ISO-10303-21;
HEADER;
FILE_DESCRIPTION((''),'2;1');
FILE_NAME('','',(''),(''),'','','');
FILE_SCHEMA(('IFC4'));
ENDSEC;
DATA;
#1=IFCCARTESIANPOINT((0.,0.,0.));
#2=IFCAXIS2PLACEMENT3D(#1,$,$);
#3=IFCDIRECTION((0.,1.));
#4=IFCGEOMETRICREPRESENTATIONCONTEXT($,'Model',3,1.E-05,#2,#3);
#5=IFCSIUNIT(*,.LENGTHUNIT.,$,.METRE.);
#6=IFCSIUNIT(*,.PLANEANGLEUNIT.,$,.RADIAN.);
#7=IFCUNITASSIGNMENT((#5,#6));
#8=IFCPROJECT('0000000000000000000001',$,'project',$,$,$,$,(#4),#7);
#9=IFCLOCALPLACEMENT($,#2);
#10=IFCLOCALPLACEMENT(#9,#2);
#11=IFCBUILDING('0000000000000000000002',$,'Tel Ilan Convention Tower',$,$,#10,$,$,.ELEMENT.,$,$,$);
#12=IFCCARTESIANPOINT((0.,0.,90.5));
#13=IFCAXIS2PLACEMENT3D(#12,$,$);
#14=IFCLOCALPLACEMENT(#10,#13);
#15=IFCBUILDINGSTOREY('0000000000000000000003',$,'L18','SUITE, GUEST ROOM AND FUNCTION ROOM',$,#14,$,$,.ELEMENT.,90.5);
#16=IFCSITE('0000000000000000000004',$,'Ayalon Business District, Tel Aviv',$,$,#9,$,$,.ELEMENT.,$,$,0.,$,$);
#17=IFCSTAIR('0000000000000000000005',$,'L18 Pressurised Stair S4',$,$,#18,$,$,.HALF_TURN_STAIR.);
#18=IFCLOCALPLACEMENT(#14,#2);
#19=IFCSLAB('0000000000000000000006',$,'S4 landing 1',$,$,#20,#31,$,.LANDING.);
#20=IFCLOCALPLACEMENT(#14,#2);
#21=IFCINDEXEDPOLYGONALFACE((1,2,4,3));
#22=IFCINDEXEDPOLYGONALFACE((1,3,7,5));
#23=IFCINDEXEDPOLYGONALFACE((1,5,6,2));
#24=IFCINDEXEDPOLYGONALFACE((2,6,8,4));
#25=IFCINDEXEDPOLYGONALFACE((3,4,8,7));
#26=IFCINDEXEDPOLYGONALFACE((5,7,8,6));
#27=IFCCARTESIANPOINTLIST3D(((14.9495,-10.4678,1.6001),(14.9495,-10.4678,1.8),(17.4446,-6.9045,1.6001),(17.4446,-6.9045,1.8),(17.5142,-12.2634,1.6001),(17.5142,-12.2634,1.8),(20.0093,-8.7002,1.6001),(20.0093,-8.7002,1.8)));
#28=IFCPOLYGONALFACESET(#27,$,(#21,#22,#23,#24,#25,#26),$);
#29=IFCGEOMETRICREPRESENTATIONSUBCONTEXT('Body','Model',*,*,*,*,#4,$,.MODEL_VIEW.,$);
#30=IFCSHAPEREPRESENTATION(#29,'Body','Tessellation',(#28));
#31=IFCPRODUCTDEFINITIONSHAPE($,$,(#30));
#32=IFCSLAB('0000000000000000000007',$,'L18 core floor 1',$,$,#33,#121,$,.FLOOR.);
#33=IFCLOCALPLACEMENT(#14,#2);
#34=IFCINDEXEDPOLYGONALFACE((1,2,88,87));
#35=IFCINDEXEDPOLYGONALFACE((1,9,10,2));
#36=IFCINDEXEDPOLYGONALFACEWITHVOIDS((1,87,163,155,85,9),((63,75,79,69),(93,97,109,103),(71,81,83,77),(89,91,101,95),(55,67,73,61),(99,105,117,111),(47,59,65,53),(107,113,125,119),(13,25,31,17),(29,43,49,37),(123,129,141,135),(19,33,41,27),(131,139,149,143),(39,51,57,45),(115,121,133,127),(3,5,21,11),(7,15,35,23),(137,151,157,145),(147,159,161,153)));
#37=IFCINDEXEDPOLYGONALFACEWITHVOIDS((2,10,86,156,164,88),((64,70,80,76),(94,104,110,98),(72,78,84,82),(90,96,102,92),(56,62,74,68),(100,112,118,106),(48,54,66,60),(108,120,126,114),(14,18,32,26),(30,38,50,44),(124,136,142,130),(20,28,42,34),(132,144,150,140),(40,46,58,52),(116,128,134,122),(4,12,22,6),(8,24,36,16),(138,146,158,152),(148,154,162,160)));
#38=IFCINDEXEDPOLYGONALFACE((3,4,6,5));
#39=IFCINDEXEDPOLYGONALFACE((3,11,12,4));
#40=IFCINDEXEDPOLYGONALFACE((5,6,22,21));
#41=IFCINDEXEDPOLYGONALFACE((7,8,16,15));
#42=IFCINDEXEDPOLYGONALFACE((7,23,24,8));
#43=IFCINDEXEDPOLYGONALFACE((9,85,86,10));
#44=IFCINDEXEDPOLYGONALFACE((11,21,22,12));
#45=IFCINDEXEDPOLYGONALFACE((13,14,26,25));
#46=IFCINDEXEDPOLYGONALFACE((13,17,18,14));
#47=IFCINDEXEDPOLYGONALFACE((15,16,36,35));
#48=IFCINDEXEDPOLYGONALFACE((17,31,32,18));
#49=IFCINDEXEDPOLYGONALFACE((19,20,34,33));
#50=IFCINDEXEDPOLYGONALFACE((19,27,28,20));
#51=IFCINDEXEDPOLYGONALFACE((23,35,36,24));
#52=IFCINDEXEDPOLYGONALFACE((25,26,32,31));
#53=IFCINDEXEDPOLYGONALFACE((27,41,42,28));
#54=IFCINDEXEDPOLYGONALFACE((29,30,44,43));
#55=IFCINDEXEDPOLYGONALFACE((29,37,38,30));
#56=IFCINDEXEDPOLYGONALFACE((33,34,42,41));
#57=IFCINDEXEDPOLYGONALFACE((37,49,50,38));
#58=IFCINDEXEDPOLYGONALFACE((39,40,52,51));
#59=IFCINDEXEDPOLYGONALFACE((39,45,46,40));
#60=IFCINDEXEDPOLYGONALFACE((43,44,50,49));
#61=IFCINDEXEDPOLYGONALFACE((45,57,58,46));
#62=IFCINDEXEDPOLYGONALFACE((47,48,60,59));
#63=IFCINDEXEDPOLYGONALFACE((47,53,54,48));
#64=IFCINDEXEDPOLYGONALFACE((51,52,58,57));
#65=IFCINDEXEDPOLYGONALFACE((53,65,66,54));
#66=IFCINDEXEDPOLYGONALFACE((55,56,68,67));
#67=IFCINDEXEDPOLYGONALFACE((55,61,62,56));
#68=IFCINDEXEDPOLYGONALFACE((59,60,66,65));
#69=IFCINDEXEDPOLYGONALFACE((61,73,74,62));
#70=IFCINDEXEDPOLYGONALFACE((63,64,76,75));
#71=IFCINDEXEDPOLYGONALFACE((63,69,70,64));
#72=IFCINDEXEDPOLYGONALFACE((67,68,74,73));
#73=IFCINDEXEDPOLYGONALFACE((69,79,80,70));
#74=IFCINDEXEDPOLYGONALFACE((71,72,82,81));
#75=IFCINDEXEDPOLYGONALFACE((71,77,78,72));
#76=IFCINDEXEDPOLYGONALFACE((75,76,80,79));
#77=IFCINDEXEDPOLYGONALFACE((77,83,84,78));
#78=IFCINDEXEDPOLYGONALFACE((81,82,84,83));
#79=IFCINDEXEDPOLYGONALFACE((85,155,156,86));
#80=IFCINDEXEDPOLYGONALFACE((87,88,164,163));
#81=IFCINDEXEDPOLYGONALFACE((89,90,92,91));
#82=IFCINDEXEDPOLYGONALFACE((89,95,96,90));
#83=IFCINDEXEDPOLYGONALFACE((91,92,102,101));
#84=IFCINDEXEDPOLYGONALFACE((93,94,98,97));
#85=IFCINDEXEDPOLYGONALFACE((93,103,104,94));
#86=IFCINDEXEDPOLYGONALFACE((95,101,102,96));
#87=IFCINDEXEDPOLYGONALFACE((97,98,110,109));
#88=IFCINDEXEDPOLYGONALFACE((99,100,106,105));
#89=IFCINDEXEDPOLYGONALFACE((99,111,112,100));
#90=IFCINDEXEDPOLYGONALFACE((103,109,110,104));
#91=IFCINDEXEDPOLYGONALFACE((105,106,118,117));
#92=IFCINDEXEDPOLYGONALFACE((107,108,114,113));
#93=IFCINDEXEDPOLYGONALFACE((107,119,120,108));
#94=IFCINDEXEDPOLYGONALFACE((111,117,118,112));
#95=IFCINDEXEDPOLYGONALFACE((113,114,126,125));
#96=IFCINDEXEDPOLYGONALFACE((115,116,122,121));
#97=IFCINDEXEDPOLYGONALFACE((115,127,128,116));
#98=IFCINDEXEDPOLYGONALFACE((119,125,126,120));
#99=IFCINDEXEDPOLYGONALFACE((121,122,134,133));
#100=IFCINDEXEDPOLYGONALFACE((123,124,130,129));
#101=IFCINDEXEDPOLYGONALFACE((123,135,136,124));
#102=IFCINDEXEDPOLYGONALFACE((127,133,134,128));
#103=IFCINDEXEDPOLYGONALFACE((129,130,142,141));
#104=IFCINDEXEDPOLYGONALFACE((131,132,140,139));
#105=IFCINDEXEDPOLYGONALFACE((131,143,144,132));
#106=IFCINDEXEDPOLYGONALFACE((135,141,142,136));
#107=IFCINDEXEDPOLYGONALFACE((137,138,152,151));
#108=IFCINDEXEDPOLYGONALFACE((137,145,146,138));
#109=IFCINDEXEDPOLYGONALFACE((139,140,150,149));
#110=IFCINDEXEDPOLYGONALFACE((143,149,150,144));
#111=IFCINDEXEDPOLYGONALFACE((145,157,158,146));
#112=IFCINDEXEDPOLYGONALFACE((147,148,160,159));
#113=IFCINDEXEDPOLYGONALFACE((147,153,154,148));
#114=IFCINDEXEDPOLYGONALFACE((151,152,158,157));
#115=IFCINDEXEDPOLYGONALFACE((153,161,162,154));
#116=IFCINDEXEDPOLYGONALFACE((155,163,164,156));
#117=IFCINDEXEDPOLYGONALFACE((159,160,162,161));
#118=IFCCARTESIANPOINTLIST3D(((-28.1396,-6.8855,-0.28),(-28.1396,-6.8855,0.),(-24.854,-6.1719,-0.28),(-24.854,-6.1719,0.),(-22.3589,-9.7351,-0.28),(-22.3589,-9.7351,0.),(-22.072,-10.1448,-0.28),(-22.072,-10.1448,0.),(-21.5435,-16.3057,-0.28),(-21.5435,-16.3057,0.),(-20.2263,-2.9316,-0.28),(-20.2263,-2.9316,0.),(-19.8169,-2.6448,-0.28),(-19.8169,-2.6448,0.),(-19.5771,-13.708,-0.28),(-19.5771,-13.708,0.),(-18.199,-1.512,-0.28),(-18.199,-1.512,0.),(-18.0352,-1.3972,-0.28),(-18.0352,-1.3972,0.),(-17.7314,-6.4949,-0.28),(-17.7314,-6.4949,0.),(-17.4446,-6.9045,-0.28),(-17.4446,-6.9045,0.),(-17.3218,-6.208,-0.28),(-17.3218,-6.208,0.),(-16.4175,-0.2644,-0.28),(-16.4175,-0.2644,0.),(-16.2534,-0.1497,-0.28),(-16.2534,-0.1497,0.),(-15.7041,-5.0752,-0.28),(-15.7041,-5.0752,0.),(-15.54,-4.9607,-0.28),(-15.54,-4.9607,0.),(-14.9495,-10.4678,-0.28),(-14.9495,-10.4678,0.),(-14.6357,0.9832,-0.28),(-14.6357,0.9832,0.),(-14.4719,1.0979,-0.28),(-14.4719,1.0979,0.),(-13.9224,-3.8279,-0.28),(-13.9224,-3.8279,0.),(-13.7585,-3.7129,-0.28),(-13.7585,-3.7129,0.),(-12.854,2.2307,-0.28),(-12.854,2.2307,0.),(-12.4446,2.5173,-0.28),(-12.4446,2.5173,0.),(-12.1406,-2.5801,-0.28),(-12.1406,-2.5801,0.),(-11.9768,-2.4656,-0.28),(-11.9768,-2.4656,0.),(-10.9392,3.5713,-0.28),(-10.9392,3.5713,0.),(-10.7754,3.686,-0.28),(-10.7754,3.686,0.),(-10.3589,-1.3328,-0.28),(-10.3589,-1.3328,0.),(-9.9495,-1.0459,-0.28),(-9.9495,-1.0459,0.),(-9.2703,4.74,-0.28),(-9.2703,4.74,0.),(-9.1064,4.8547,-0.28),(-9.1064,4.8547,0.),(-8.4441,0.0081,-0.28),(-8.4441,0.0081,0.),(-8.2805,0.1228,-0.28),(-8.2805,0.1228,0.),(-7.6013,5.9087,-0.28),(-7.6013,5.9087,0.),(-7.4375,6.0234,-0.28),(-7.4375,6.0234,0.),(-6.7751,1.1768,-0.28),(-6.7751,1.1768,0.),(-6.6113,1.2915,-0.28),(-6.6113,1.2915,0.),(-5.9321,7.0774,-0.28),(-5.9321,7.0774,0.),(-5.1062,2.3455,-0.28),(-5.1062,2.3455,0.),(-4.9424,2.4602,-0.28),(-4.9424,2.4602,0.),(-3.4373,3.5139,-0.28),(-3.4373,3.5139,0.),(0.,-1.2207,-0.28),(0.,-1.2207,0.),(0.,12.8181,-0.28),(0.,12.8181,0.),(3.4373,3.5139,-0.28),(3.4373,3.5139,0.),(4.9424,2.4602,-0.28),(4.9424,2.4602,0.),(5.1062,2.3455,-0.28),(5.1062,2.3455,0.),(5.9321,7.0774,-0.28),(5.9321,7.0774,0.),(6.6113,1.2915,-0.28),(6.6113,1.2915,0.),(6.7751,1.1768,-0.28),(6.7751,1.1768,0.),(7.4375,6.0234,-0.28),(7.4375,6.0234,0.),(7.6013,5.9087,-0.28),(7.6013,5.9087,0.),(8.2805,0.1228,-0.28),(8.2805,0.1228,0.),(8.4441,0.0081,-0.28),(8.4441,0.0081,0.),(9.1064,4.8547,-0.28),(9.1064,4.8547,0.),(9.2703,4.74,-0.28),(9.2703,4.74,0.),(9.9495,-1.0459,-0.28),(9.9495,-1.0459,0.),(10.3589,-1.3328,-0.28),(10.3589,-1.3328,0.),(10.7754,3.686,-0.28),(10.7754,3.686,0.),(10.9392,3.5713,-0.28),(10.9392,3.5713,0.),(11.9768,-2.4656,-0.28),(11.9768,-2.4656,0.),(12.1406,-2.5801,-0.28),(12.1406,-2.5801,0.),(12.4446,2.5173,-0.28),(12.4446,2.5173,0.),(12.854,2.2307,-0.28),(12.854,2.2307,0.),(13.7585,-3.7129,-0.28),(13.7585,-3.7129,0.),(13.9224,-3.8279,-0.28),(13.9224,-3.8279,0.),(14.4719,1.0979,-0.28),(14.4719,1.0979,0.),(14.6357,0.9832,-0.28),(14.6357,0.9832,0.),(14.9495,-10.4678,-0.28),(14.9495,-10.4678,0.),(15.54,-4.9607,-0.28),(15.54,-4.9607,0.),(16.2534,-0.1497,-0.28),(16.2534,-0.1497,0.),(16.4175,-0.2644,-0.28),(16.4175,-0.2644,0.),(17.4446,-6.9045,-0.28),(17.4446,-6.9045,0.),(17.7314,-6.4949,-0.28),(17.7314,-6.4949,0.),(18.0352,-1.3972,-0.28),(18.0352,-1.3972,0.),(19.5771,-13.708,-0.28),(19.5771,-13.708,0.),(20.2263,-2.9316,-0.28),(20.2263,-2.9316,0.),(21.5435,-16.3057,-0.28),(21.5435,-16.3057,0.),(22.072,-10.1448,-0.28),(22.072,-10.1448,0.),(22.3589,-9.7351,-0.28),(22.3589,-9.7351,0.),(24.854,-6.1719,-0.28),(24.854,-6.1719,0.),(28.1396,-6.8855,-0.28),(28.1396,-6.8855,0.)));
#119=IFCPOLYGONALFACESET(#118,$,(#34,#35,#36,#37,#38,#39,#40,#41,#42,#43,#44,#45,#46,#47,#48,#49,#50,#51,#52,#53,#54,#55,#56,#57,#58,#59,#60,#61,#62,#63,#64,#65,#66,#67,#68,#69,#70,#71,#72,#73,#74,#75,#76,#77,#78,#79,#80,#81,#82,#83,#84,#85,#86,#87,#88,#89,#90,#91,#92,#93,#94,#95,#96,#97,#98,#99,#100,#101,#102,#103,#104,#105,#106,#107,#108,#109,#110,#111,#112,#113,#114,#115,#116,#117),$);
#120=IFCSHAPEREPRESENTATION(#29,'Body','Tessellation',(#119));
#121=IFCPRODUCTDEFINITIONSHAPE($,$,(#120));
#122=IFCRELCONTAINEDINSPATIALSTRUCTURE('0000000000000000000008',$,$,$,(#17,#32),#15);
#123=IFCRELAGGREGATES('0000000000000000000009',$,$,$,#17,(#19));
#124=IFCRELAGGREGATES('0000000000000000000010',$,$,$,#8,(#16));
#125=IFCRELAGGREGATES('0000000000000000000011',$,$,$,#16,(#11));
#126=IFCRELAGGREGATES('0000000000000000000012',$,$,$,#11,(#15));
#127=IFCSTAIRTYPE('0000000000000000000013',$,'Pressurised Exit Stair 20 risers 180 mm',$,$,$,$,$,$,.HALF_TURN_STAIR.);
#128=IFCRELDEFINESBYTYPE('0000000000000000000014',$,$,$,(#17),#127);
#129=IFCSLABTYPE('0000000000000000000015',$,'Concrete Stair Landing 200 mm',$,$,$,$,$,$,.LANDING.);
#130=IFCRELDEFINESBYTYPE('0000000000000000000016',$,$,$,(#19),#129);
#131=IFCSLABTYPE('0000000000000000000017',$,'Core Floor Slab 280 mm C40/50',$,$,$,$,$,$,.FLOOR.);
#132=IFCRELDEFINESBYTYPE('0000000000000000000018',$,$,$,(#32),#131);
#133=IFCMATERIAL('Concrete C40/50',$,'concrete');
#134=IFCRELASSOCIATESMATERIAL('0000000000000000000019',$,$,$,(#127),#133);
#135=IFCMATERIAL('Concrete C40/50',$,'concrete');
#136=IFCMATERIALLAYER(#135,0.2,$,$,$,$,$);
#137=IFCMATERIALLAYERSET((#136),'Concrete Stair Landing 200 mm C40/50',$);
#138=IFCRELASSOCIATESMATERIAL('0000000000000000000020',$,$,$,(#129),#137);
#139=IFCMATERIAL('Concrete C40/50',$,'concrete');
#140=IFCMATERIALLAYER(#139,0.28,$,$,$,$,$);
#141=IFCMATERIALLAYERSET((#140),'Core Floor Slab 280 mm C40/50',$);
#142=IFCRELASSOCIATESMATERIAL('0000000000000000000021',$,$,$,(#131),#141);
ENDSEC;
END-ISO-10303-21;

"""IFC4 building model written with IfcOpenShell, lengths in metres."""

from ifc_helpers import new_model, si_unit, direction, frame, origin, place, context, subcontext, project, spatial, polyline, outline, extrude, material, layer, layer_set, type_object, element, aggregate, save


model = new_model("IFC4")

# Units and contexts
model_context = context("Model", 3, precision=1e-05, world=origin(), true_north=direction((0.0, 1.0)))
body_context = subcontext(model_context, "Body", "Model", "MODEL_VIEW")
ifc_project = project(units=[si_unit("LENGTHUNIT", "METRE"), si_unit("PLANEANGLEUNIT", "RADIAN")], contexts=[model_context])

# Site, building, storey
site_placement = place(None, origin())
site = spatial("IfcSite", under=ifc_project, at=site_placement, Name="Ayalon Business District, Tel Aviv", CompositionType="ELEMENT", RefElevation=0.0)
building_placement = place(site_placement, origin())
building = spatial("IfcBuilding", under=site, at=building_placement, Name="Tel Ilan Convention Tower", CompositionType="ELEMENT")
storey_placement = place(building_placement, frame((0.0, 0.0, 90.5)))
storey = spatial("IfcBuildingStorey", under=building, at=storey_placement, Name="L18", Description="SUITE, GUEST ROOM AND FUNCTION ROOM", CompositionType="ELEMENT", Elevation=90.5)

# Stair, slab
ifc_material_1 = material(Name="Concrete C40/50", Category="concrete")
stair_type = type_object("IfcStairType", Name="Pressurised Exit Stair 20 risers 180 mm", PredefinedType="HALF_TURN_STAIR", material=ifc_material_1)
ifc_material_2 = material(Name="Concrete C40/50", Category="concrete")
ifc_layer_1 = layer(ifc_material_2, 0.2)
ifc_layer_set_1 = layer_set([ifc_layer_1], Name="Concrete Stair Landing 200 mm C40/50")
slab_type_1 = type_object("IfcSlabType", Name="Concrete Stair Landing 200 mm", PredefinedType="LANDING", material=ifc_layer_set_1)
stair_1_placement = place(storey_placement, origin())
stair_1 = element("IfcStair", 1, at=stair_1_placement, inside=storey, type_object=stair_type, Name="L18 Pressurised Stair S4", PredefinedType="HALF_TURN_STAIR")
slab_1_placement = place(storey_placement, frame((0.0, 0.0, 1.6001)))
slab_1 = element("IfcSlab", 2, at=slab_1_placement, type_object=slab_type_1, Name="S4 landing 1", PredefinedType="LANDING", context=body_context, shape_type="SweptSolid", body=[
    extrude(outline(polyline([(20.0093, -8.7002), (17.4446, -6.9045), (14.9495, -10.4678), (17.5142, -12.2634), (20.0093, -8.7002)])), origin(), (0.0, 0.0, 1.0), 0.2),
])
aggregate(stair_1, [slab_1])

# Slab
ifc_material_3 = material(Name="Concrete C40/50", Category="concrete")
ifc_layer_2 = layer(ifc_material_3, 0.28)
ifc_layer_set_2 = layer_set([ifc_layer_2], Name="Core Floor Slab 280 mm C40/50")
slab_type_2 = type_object("IfcSlabType", Name="Core Floor Slab 280 mm C40/50", PredefinedType="FLOOR", material=ifc_layer_set_2)
slab_2_placement = place(storey_placement, frame((0.0, 0.0, -0.28)))
element("IfcSlab", 3, at=slab_2_placement, inside=storey, type_object=slab_type_2, Name="L18 core floor 1", PredefinedType="FLOOR", context=body_context, shape_type="SweptSolid", body=[
    extrude(outline(polyline([(-28.1396, -6.8855), (0.0, 12.8181), (28.1396, -6.8855), (21.5435, -16.3057), (0.0, -1.2207), (-21.5435, -16.3057), (-28.1396, -6.8855)]), holes=[polyline([(-14.9495, -10.4678), (-17.4446, -6.9045), (-22.072, -10.1448), (-19.5771, -13.708), (-14.9495, -10.4678)]), polyline([(-17.7314, -6.4949), (-20.2263, -2.9316), (-24.854, -6.1719), (-22.3589, -9.7351), (-17.7314, -6.4949)]), polyline([(-18.199, -1.512), (-19.8169, -2.6448), (-17.3218, -6.208), (-15.7041, -5.0752), (-18.199, -1.512)]), polyline([(-16.4175, -0.2644), (-18.0352, -1.3972), (-15.54, -4.9607), (-13.9224, -3.8279), (-16.4175, -0.2644)]), polyline([(-14.6357, 0.9832), (-16.2534, -0.1497), (-13.7585, -3.7129), (-12.1406, -2.5801), (-14.6357, 0.9832)]), polyline([(-12.854, 2.2307), (-14.4719, 1.0979), (-11.9768, -2.4656), (-10.3589, -1.3328), (-12.854, 2.2307)]), polyline([(-10.9392, 3.5713), (-12.4446, 2.5173), (-9.9495, -1.0459), (-8.4441, 0.0081), (-10.9392, 3.5713)]), polyline([(-6.7751, 1.1768), (-9.2703, 4.74), (-10.7754, 3.686), (-8.2805, 0.1228), (-6.7751, 1.1768)]), polyline([(-5.1062, 2.3455), (-7.6013, 5.9087), (-9.1064, 4.8547), (-6.6113, 1.2915), (-5.1062, 2.3455)]), polyline([(-5.9321, 7.0774), (-7.4375, 6.0234), (-4.9424, 2.4602), (-3.4373, 3.5139), (-5.9321, 7.0774)]), polyline([(17.4446, -6.9045), (14.9495, -10.4678), (19.5771, -13.708), (22.072, -10.1448), (17.4446, -6.9045)]), polyline([(20.2263, -2.9316), (17.7314, -6.4949), (22.3589, -9.7351), (24.854, -6.1719), (20.2263, -2.9316)]), polyline([(13.9224, -3.8279), (15.54, -4.9607), (18.0352, -1.3972), (16.4175, -0.2644), (13.9224, -3.8279)]), polyline([(12.1406, -2.5801), (13.7585, -3.7129), (16.2534, -0.1497), (14.6357, 0.9832), (12.1406, -2.5801)]), polyline([(11.9768, -2.4656), (14.4719, 1.0979), (12.854, 2.2307), (10.3589, -1.3328), (11.9768, -2.4656)]), polyline([(9.9495, -1.0459), (12.4446, 2.5173), (10.9392, 3.5713), (8.4441, 0.0081), (9.9495, -1.0459)]), polyline([(8.2805, 0.1228), (10.7754, 3.686), (9.2703, 4.74), (6.7751, 1.1768), (8.2805, 0.1228)]), polyline([(5.1062, 2.3455), (6.6113, 1.2915), (9.1064, 4.8547), (7.6013, 5.9087), (5.1062, 2.3455)]), polyline([(3.4373, 3.5139), (4.9424, 2.4602), (7.4375, 6.0234), (5.9321, 7.0774), (3.4373, 3.5139)])]), origin(), (0.0, 0.0, 1.0), 0.28),
])

save(model, "model.ifc")
